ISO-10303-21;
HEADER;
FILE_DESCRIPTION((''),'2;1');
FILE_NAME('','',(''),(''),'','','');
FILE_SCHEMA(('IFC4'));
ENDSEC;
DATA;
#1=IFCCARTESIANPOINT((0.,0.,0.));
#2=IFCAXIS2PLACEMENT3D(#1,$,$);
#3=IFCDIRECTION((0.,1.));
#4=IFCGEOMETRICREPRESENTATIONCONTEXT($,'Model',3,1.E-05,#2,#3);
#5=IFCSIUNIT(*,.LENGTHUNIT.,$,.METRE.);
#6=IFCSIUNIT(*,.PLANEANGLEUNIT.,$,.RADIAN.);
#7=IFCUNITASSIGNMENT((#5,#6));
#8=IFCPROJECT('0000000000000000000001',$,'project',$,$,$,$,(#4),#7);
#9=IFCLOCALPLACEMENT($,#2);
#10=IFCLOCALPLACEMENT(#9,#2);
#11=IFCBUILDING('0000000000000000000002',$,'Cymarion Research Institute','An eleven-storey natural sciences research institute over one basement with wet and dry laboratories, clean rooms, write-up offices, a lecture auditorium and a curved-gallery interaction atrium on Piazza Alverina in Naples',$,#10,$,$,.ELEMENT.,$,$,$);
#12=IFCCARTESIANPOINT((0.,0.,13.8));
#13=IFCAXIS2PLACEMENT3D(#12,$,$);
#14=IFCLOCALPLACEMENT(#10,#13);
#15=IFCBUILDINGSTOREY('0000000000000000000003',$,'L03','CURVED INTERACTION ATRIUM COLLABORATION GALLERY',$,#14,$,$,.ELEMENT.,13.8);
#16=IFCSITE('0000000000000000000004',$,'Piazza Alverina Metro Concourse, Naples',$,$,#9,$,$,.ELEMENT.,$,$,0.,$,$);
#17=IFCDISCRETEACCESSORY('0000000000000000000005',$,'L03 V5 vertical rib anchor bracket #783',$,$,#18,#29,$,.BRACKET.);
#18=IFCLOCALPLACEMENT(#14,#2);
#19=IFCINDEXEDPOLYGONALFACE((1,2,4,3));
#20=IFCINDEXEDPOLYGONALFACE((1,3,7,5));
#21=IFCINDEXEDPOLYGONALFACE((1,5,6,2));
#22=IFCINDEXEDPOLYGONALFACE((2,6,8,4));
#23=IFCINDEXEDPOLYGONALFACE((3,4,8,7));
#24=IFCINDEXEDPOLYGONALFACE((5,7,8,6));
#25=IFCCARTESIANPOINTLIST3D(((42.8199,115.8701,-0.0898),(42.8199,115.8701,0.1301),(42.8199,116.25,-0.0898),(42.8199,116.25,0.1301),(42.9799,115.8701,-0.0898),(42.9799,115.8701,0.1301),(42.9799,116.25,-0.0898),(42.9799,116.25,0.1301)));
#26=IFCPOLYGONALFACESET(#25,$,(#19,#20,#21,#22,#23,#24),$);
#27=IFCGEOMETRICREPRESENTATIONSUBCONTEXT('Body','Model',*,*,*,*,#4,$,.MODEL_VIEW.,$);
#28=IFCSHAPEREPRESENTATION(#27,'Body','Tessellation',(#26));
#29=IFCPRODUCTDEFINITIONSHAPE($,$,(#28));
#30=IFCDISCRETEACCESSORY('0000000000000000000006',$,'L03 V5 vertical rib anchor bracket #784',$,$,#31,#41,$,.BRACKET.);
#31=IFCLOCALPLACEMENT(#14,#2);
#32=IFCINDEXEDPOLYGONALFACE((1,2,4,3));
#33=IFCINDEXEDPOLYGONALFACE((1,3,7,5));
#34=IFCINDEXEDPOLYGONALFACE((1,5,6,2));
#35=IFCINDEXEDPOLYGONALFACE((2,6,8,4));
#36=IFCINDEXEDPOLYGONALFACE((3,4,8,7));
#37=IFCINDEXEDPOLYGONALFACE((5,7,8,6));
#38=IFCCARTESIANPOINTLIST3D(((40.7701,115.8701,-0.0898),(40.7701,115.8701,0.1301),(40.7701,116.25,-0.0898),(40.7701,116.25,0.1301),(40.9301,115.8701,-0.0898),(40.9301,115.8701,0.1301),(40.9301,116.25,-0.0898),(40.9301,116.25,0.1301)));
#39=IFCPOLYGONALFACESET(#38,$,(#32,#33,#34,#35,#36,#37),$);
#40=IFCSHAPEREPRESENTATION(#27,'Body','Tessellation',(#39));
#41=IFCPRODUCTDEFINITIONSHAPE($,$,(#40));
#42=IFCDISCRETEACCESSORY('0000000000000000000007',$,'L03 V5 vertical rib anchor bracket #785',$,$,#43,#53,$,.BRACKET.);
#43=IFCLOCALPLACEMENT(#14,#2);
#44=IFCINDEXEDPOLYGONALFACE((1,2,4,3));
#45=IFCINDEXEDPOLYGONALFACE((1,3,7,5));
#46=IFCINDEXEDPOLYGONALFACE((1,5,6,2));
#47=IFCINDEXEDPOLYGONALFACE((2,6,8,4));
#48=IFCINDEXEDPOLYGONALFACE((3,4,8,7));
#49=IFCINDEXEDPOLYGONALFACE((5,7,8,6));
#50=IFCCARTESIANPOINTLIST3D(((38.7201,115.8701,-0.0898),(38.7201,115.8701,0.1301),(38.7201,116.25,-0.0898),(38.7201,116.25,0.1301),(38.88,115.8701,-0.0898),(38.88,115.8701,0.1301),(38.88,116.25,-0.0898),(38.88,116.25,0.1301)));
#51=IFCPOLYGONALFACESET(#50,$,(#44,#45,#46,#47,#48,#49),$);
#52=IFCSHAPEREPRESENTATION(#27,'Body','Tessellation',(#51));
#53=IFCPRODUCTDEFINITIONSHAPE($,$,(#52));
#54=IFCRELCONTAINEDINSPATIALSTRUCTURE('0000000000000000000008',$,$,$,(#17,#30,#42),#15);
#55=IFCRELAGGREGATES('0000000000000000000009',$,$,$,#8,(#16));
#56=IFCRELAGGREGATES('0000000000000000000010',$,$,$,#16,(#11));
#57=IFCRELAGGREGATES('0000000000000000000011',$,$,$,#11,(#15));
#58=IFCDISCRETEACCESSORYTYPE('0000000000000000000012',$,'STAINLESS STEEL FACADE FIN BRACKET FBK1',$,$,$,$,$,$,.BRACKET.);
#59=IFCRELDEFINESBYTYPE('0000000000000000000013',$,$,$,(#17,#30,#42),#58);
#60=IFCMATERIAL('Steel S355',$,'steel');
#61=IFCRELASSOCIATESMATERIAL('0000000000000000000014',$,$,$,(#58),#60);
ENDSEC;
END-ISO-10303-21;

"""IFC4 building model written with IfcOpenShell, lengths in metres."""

from ifc_helpers import new_model, si_unit, direction, frame, origin, origin_2d, place, context, subcontext, project, spatial, rectangle, extrude, material, type_object, element, save


model = new_model("IFC4")

# Units and contexts
model_context = context("Model", 3, precision=1e-05, world=origin(), true_north=direction((0.0, 1.0)))
body_context = subcontext(model_context, "Body", "Model", "MODEL_VIEW")
ifc_project = project(units=[si_unit("LENGTHUNIT", "METRE"), si_unit("PLANEANGLEUNIT", "RADIAN")], contexts=[model_context])

# Site, building, storey
site_placement = place(None, origin())
site = spatial("IfcSite", under=ifc_project, at=site_placement, Name="Piazza Alverina Metro Concourse, Naples", CompositionType="ELEMENT", RefElevation=0.0)
building_placement = place(site_placement, origin())
building = spatial("IfcBuilding", under=site, at=building_placement, Name="Cymarion Research Institute", Description="An eleven-storey natural sciences research institute over one basement with wet and dry laboratories, clean rooms, write-up offices, a lecture auditorium and a curved-gallery interaction atrium on Piazza Alverina in Naples", CompositionType="ELEMENT")
storey_placement = place(building_placement, frame((0.0, 0.0, 13.8)))
storey = spatial("IfcBuildingStorey", under=building, at=storey_placement, Name="L03", Description="CURVED INTERACTION ATRIUM COLLABORATION GALLERY", CompositionType="ELEMENT", Elevation=13.8)

# Shared definitions
ifc_material_1 = material(Name="Steel S355", Category="steel")

# Discrete accessories
discrete_accessory_type = type_object("IfcDiscreteAccessoryType", Name="STAINLESS STEEL FACADE FIN BRACKET FBK1", PredefinedType="BRACKET", material=ifc_material_1)
for number, where, z_axis, x_axis, name in (
    (1, (42.8999, 116.0601, -0.0898), (0.0, 0.0, 1.0), (0.0, 1.0, 0.0), "L03 V5 vertical rib anchor bracket #783"),
    (2, (40.8501, 116.0601, -0.0898), (0.0, 0.0, 1.0), (0.0, 1.0, 0.0), "L03 V5 vertical rib anchor bracket #784"),
    (3, (38.8, 116.0601, -0.0898), (0.0, 0.0, 1.0), (0.0, 1.0, 0.0), "L03 V5 vertical rib anchor bracket #785"),
):
    element("IfcDiscreteAccessory", number, at=place(storey_placement, frame(where, z_axis=z_axis, x_axis=x_axis)), inside=storey, type_object=discrete_accessory_type, Name=name, PredefinedType="BRACKET", context=body_context, shape_type="SweptSolid", body=[
        extrude(rectangle(XDim=0.3799, YDim=0.1599, at=origin_2d()), origin(), (0.0, 0.0, 1.0), 0.22),
    ])

save(model, "model.ifc")
